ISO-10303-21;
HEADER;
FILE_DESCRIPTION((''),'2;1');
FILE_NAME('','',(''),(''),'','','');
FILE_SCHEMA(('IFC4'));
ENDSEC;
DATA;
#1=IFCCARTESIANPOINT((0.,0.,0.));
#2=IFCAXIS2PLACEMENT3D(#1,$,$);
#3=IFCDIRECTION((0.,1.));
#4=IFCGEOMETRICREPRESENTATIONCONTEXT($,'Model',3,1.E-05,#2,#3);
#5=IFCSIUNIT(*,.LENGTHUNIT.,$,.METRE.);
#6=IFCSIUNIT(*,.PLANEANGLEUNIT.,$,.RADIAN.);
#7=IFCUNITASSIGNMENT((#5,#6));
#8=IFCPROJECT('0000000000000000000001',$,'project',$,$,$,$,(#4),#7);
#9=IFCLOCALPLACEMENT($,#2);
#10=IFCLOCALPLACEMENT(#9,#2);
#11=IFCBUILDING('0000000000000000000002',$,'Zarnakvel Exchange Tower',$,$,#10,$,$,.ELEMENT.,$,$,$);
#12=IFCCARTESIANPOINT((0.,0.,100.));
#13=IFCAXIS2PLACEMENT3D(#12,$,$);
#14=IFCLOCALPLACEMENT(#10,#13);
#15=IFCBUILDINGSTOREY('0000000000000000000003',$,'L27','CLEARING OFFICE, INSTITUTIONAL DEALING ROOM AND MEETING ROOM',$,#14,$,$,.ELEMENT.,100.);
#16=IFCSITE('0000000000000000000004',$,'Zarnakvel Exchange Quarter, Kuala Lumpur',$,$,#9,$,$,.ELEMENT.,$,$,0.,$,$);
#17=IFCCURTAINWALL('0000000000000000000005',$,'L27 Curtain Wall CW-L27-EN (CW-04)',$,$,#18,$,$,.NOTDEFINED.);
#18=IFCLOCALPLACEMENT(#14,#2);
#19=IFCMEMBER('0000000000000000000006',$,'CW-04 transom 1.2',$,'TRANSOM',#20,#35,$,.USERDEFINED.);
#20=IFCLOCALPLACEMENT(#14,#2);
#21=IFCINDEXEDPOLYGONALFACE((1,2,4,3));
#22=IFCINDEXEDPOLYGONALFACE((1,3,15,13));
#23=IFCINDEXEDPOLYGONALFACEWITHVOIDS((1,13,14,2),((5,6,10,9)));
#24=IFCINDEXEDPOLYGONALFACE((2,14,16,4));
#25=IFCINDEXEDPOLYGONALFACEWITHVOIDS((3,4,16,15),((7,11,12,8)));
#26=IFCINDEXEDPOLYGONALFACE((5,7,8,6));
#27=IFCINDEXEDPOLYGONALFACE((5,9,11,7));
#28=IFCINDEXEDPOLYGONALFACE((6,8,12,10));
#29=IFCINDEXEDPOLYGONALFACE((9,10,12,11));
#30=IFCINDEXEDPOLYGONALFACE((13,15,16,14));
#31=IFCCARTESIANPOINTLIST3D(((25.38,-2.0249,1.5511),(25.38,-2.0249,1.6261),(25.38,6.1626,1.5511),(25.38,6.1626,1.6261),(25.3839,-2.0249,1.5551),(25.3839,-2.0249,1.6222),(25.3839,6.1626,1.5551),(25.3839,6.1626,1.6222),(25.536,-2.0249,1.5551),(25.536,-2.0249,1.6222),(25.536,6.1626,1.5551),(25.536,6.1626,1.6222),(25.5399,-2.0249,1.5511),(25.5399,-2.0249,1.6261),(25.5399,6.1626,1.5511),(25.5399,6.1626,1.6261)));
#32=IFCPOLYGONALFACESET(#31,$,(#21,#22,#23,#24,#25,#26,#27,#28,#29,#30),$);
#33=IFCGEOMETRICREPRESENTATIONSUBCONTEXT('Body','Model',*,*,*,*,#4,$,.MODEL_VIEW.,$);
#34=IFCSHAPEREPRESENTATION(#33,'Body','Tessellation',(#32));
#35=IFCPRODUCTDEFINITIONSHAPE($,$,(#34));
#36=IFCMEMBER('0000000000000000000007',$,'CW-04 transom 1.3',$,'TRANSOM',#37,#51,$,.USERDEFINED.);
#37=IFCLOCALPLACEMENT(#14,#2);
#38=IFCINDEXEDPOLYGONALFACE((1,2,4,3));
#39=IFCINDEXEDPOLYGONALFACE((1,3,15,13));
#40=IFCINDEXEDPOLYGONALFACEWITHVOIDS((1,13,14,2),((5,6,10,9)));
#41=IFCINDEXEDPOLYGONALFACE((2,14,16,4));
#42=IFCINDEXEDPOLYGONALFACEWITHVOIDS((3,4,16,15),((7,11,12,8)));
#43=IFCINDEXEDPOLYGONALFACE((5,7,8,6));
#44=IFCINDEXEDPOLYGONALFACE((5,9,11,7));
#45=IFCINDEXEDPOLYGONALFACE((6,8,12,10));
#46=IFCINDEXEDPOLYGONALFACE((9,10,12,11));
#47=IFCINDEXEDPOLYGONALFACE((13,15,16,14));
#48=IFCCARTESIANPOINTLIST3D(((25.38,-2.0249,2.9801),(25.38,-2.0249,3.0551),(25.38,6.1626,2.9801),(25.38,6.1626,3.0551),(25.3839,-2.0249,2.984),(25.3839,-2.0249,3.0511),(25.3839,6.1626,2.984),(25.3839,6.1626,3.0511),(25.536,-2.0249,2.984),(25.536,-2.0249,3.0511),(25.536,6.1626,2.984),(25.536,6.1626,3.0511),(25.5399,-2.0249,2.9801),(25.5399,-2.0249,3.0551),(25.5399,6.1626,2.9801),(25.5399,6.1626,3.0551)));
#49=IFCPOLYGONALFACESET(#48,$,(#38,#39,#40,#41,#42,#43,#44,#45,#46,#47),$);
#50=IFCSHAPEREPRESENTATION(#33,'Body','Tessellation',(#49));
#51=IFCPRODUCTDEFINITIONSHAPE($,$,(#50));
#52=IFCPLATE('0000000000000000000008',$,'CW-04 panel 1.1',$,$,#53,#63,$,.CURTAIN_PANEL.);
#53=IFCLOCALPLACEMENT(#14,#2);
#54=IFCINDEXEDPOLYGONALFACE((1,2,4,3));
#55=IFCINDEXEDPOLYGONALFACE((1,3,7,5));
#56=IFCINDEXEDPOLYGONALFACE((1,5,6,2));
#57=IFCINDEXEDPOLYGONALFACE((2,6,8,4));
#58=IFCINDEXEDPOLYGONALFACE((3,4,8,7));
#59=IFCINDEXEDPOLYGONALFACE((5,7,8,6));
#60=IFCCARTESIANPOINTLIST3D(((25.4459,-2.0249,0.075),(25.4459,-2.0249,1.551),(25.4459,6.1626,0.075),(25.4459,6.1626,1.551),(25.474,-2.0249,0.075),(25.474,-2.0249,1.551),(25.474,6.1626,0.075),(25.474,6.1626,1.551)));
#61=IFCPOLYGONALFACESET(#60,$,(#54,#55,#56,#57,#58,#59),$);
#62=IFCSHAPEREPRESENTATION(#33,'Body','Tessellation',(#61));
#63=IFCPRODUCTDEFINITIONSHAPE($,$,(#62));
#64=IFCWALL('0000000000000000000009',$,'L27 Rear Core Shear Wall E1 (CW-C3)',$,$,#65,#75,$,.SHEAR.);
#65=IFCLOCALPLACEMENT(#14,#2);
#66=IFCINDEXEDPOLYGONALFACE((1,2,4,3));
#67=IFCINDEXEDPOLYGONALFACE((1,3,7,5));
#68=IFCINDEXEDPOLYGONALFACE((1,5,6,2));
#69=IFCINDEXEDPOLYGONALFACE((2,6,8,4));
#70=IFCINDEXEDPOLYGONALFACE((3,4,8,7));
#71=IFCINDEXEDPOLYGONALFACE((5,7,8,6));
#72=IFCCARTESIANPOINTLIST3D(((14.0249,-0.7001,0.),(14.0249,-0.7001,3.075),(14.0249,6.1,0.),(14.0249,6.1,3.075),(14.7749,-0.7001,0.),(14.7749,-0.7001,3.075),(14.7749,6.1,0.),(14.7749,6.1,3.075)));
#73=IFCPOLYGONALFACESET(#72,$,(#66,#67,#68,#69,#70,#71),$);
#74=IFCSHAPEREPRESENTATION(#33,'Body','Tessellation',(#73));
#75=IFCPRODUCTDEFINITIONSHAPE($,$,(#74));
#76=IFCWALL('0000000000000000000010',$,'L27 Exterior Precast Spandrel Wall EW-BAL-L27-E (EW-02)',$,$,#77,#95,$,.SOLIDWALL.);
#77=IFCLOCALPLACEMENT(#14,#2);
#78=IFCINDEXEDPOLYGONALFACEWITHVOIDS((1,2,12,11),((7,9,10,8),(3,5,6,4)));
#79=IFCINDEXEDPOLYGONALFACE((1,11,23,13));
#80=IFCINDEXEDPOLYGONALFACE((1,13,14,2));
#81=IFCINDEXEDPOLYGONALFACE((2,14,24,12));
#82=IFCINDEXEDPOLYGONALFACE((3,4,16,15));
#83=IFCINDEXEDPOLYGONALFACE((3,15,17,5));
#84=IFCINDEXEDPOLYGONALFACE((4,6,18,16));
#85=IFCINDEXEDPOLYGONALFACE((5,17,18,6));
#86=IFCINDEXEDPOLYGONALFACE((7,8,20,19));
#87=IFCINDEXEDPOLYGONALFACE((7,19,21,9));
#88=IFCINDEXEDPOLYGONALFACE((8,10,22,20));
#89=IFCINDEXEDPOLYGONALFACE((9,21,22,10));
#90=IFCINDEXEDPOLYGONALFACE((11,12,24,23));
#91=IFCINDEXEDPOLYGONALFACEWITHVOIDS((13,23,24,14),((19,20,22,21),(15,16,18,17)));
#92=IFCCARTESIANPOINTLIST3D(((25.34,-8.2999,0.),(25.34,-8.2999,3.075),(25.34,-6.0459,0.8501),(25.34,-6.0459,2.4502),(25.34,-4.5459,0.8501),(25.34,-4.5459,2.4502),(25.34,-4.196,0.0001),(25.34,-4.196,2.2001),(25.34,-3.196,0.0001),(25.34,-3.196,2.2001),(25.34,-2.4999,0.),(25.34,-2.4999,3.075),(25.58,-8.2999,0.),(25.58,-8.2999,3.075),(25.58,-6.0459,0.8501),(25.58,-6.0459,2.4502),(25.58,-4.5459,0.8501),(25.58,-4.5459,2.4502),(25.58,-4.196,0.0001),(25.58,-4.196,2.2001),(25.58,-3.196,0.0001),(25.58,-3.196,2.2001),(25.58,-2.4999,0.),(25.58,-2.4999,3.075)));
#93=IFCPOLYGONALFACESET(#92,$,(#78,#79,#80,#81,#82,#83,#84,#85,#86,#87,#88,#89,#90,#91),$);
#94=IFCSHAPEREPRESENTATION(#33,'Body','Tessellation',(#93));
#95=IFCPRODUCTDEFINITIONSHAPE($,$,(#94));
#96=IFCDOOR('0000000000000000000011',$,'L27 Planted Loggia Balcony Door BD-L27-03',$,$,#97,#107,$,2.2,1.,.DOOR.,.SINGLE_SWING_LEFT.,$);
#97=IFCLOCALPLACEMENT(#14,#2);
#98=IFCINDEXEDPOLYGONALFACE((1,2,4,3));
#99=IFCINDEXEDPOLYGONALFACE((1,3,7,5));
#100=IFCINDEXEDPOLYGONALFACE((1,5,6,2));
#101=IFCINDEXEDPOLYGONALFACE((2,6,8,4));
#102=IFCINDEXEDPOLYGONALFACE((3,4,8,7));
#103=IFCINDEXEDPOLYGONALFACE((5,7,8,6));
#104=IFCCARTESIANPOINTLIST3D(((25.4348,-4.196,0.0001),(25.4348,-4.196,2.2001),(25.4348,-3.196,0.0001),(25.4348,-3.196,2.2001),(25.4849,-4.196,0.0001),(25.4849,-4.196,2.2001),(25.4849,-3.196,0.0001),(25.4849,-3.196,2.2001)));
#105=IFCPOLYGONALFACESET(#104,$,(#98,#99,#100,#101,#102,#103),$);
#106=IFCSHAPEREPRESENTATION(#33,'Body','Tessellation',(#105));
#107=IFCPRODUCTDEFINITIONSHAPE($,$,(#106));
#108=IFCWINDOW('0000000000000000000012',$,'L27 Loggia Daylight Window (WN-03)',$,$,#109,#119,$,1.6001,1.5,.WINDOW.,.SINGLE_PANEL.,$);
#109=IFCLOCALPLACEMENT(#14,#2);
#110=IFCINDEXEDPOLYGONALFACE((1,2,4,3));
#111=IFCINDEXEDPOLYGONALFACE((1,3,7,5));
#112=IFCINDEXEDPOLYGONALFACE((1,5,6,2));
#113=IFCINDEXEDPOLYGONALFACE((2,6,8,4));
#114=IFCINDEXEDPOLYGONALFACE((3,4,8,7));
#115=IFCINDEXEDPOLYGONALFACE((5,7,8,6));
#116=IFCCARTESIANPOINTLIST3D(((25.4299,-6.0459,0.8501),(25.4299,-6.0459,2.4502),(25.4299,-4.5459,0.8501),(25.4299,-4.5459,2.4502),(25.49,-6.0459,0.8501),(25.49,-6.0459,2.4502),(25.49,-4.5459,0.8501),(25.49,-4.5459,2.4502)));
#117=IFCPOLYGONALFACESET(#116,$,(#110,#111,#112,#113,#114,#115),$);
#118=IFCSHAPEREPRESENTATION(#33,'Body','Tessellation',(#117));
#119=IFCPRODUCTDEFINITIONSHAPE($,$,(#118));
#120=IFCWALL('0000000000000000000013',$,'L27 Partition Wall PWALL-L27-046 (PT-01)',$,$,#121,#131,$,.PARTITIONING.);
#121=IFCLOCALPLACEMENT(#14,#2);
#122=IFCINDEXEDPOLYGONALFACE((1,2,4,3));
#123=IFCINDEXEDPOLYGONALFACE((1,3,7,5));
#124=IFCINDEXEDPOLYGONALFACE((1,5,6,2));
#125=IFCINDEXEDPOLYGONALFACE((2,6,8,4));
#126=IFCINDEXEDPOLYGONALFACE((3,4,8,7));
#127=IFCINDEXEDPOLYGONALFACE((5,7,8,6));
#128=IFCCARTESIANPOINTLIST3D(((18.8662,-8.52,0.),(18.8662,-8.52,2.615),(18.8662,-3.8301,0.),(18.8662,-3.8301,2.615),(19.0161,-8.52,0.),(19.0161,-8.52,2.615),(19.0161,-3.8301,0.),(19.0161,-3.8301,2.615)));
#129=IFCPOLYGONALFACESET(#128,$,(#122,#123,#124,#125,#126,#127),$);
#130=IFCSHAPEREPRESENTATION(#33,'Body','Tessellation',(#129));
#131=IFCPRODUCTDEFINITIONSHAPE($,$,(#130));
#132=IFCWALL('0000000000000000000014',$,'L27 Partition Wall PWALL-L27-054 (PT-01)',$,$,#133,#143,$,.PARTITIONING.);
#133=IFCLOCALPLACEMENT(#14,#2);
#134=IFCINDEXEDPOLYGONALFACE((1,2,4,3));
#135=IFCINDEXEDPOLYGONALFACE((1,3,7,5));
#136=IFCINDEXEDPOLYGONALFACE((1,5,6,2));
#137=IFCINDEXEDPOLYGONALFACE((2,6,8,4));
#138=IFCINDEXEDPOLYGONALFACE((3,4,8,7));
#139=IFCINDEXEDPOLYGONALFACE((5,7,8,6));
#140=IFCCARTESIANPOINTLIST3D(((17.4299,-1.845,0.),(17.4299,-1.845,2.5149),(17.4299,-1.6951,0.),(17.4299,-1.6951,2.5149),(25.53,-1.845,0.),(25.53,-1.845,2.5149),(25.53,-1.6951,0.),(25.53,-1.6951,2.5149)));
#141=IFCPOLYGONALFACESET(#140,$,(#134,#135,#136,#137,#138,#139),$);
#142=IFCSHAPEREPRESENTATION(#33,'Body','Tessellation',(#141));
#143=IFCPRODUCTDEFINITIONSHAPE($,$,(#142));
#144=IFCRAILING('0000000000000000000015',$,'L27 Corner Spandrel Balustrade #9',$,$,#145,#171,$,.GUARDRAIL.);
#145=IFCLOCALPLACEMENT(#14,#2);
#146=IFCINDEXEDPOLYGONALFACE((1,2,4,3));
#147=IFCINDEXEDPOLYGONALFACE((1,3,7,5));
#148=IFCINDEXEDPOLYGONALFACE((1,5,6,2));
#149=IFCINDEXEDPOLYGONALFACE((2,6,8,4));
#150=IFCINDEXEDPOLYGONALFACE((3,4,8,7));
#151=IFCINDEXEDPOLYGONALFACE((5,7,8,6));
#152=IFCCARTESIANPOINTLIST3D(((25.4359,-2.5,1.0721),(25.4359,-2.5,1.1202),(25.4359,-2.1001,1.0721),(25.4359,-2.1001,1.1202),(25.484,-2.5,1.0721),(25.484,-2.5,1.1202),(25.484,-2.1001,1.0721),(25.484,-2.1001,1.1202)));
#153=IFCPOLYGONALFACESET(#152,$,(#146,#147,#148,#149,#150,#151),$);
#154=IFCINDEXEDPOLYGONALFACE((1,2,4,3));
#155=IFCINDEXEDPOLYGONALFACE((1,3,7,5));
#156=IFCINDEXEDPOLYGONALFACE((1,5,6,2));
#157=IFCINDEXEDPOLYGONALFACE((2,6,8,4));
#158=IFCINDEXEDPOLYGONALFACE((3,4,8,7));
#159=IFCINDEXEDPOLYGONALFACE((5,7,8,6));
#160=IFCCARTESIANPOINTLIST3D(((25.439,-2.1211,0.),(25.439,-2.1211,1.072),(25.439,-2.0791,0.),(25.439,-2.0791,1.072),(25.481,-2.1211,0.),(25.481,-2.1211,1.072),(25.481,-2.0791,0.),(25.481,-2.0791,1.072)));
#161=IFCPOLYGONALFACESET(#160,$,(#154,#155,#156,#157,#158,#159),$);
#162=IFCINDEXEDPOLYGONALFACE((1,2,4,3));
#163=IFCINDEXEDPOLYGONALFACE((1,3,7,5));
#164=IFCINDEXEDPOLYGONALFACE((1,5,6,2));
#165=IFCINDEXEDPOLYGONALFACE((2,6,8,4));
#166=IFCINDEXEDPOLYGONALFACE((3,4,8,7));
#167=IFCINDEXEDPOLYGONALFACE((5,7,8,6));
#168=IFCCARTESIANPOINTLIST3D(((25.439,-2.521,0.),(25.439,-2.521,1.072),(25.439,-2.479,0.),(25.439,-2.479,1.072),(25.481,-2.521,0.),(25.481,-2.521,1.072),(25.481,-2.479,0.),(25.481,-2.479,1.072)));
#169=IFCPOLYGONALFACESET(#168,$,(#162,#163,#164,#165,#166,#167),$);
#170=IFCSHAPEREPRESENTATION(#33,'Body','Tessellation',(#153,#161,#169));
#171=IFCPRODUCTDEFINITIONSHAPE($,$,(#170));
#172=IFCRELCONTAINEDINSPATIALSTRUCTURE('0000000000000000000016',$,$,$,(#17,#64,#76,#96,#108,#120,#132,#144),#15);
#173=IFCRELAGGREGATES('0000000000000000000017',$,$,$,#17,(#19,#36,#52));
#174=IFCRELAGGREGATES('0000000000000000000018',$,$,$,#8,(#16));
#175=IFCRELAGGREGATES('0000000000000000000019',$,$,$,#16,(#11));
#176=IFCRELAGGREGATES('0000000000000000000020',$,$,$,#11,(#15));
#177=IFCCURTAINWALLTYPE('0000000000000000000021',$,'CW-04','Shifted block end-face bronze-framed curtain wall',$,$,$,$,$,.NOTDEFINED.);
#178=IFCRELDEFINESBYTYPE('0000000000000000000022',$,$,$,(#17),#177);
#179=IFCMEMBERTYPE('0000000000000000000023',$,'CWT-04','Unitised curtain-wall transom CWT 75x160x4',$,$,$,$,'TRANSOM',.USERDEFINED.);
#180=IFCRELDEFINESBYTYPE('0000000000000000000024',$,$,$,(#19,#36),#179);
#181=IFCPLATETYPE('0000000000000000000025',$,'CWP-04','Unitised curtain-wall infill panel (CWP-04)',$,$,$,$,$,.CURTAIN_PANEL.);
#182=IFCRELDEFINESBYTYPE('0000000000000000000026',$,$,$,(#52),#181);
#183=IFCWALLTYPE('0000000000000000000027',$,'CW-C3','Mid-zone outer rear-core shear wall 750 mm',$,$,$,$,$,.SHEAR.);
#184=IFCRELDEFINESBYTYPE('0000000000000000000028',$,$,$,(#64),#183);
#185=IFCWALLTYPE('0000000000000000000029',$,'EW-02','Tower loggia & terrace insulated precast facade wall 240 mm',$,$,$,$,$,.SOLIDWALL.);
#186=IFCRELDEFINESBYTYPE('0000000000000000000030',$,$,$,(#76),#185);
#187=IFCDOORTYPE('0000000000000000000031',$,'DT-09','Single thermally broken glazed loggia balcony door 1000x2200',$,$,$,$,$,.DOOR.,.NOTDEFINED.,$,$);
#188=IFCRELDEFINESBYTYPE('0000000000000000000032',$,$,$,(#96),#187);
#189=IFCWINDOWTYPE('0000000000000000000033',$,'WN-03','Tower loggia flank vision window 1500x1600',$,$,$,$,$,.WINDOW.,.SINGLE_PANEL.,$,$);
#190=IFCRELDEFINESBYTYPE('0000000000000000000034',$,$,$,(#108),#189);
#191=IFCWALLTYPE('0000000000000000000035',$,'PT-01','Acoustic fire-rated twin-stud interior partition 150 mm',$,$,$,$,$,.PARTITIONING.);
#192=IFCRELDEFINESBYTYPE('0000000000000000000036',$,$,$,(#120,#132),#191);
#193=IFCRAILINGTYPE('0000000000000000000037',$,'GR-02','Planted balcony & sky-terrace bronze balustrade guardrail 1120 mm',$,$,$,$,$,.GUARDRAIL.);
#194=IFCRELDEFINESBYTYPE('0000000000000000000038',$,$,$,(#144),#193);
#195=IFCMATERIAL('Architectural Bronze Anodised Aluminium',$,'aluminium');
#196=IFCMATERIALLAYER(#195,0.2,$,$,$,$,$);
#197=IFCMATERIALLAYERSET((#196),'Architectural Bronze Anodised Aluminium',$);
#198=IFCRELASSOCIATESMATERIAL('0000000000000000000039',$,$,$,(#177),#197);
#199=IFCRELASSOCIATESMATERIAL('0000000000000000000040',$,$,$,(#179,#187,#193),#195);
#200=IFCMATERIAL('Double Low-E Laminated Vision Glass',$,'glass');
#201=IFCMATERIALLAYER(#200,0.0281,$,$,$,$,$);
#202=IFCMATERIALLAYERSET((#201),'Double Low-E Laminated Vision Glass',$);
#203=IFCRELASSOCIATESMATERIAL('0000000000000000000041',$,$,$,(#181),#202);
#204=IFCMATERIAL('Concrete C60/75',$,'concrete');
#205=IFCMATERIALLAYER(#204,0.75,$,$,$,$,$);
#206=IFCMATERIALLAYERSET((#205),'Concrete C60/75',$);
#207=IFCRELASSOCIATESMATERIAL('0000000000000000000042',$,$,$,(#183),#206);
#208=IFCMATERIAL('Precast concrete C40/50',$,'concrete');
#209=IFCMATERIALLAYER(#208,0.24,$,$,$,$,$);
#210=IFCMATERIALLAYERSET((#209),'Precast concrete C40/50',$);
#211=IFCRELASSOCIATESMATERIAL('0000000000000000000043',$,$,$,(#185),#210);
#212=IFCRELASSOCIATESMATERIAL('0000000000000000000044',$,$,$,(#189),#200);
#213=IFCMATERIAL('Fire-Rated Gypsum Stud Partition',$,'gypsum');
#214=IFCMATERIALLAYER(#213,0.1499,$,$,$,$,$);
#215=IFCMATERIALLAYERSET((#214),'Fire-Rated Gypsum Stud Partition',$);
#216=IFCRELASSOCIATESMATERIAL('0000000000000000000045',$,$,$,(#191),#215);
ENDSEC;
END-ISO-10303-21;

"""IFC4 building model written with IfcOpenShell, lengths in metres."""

from ifc_helpers import new_model, si_unit, direction, frame, frame_2d, origin, origin_2d, place, context, subcontext, project, spatial, rectangle, hollow_rectangle, extrude, source, transform, mapped, material, layer, layer_set, material_profile, profile_set, type_object, element, fill, aggregate, save


model = new_model("IFC4")

# Units and contexts
model_context = context("Model", 3, precision=1e-05, world=origin(), true_north=direction((0.0, 1.0)))
body_context = subcontext(model_context, "Body", "Model", "MODEL_VIEW")
ifc_project = project(units=[si_unit("LENGTHUNIT", "METRE"), si_unit("PLANEANGLEUNIT", "RADIAN")], contexts=[model_context])

# Site, building, storey
site_placement = place(None, origin())
site = spatial("IfcSite", under=ifc_project, at=site_placement, Name="Zarnakvel Exchange Quarter, Kuala Lumpur", CompositionType="ELEMENT", RefElevation=0.0)
building_placement = place(site_placement, origin())
building = spatial("IfcBuilding", under=site, at=building_placement, Name="Zarnakvel Exchange Tower", CompositionType="ELEMENT")
storey_placement = place(building_placement, frame((0.0, 0.0, 100.0)))
storey = spatial("IfcBuildingStorey", under=building, at=storey_placement, Name="L27", Description="CLEARING OFFICE, INSTITUTIONAL DEALING ROOM AND MEETING ROOM", CompositionType="ELEMENT", Elevation=100.0)

# Shared definitions
ifc_material_1 = material(Name="Concrete C60/75", Category="concrete")

# Curtain wall, members, plate
ifc_material_2 = material(Name="Architectural Bronze Anodised Aluminium", Category="aluminium")
ifc_layer_1 = layer(ifc_material_2, 0.2)
ifc_layer_set_1 = layer_set([ifc_layer_1], Name="Architectural Bronze Anodised Aluminium")
curtain_wall_type = type_object("IfcCurtainWallType", Name="CW-04", Description="Shifted block end-face bronze-framed curtain wall", PredefinedType="NOTDEFINED", material=ifc_layer_set_1)
curtain_wall_placement = place(storey_placement, origin())
curtain_wall = element("IfcCurtainWall", 1, at=curtain_wall_placement, inside=storey, type_object=curtain_wall_type, Name="L27 Curtain Wall CW-L27-EN (CW-04)", PredefinedType="NOTDEFINED")
ifc_material_profile_1 = material_profile(ifc_material_2, hollow_rectangle(XDim=0.1599, YDim=0.075, WallThickness=0.0039, at=origin_2d()))
ifc_profile_set_1 = profile_set([ifc_material_profile_1], Name="Architectural Bronze Anodised Aluminium")
member_type_1 = type_object("IfcMemberType", Name="CWT-04", Description="Unitised curtain-wall transom CWT 75x160x4", ElementType="TRANSOM", PredefinedType="USERDEFINED", material=ifc_profile_set_1)
shared_shape_1 = source(origin(), body_context, "Body", "SweptSolid", [
    extrude(hollow_rectangle(XDim=0.1599, YDim=0.075, WallThickness=0.0039, at=origin_2d()), origin(), (0.0, 0.0, 1.0), 8.1875),
])
member_1_placement = place(storey_placement, frame((25.46, -2.0249, 1.5886), z_axis=(0.0, 1.0, 0.0), x_axis=(-1.0, 0.0, 0.0)))
member_1 = element("IfcMember", 2, at=member_1_placement, type_object=member_type_1, Name="CW-04 transom 1.2", ObjectType="TRANSOM", PredefinedType="USERDEFINED", context=body_context, shape_type="MappedRepresentation", body=[
    mapped(shared_shape_1, transform((0.0, 0.0, 0.0), x_axis=(1.0, 0.0, 0.0), y_axis=(0.0, 1.0, 0.0), z_axis=(0.0, 0.0, 1.0), scale=1.0)),
])
member_2_placement = place(storey_placement, frame((25.46, -2.0249, 3.0176), z_axis=(0.0, 1.0, 0.0), x_axis=(-1.0, 0.0, 0.0)))
member_2 = element("IfcMember", 3, at=member_2_placement, type_object=member_type_1, Name="CW-04 transom 1.3", ObjectType="TRANSOM", PredefinedType="USERDEFINED", context=body_context, shape_type="MappedRepresentation", body=[
    mapped(shared_shape_1, transform((0.0, 0.0, 0.0), x_axis=(1.0, 0.0, 0.0), y_axis=(0.0, 1.0, 0.0), z_axis=(0.0, 0.0, 1.0), scale=1.0)),
])
ifc_material_3 = material(Name="Double Low-E Laminated Vision Glass", Category="glass")
ifc_layer_2 = layer(ifc_material_3, 0.0281)
ifc_layer_set_2 = layer_set([ifc_layer_2], Name="Double Low-E Laminated Vision Glass")
plate_type = type_object("IfcPlateType", Name="CWP-04", Description="Unitised curtain-wall infill panel (CWP-04)", PredefinedType="CURTAIN_PANEL", material=ifc_layer_set_2)
shared_shape_2 = source(origin(), body_context, "Body", "SweptSolid", [
    extrude(rectangle(XDim=8.1875, YDim=0.0281, at=origin_2d()), origin(), (0.0, 0.0, 1.0), 1.4761),
])
plate_placement = place(storey_placement, frame((25.46, 2.0688, 0.075), z_axis=(0.0, 0.0, 1.0), x_axis=(0.0, 1.0, 0.0)))
plate = element("IfcPlate", 4, at=plate_placement, type_object=plate_type, Name="CW-04 panel 1.1", PredefinedType="CURTAIN_PANEL", context=body_context, shape_type="MappedRepresentation", body=[
    mapped(shared_shape_2, transform((0.0, 0.0, 0.0), x_axis=(1.0, 0.0, 0.0), y_axis=(0.0, 1.0, 0.0), z_axis=(0.0, 0.0, 1.0), scale=1.0)),
])
aggregate(curtain_wall, [member_1, member_2, plate])

# Wall
ifc_layer_3 = layer(ifc_material_1, 0.75)
ifc_layer_set_3 = layer_set([ifc_layer_3], Name="Concrete C60/75")
wall_type_1 = type_object("IfcWallType", Name="CW-C3", Description="Mid-zone outer rear-core shear wall 750 mm", PredefinedType="SHEAR", material=ifc_layer_set_3)
wall_1_placement = place(storey_placement, frame((14.3999, -0.7, 0.0), z_axis=(0.0, 0.0, 1.0), x_axis=(0.0, 1.0, 0.0)))
element("IfcWall", 5, at=wall_1_placement, inside=storey, type_object=wall_type_1, Name="L27 Rear Core Shear Wall E1 (CW-C3)", PredefinedType="SHEAR", context=body_context, shape_type="SweptSolid", body=[
    extrude(rectangle(XDim=6.8, YDim=0.75, at=frame_2d((3.3999, 0.0))), origin(), (0.0, 0.0, 1.0), 3.075),
])

# Wall, openings, door, window
ifc_material_4 = material(Name="Precast concrete C40/50", Category="concrete")
ifc_layer_4 = layer(ifc_material_4, 0.24)
ifc_layer_set_4 = layer_set([ifc_layer_4], Name="Precast concrete C40/50")
wall_type_2 = type_object("IfcWallType", Name="EW-02", Description="Tower loggia & terrace insulated precast facade wall 240 mm", PredefinedType="SOLIDWALL", material=ifc_layer_set_4)
wall_2_placement = place(storey_placement, frame((25.46, -2.5, 0.0), z_axis=(0.0, 0.0, 1.0), x_axis=(0.0, -1.0, 0.0)))
wall_2 = element("IfcWall", 6, at=wall_2_placement, inside=storey, type_object=wall_type_2, Name="L27 Exterior Precast Spandrel Wall EW-BAL-L27-E (EW-02)", PredefinedType="SOLIDWALL", context=body_context, shape_type="SweptSolid", body=[
    extrude(rectangle(XDim=5.8, YDim=0.24, at=frame_2d((2.8999, 0.0))), origin(), (0.0, 0.0, 1.0), 3.075),
])
opening_1_placement = place(wall_2_placement, frame((0.696, 0.0, 0.0)))
opening_1 = element("IfcOpeningElement", 7, at=opening_1_placement, cuts=wall_2, PredefinedType="OPENING", context=body_context, shape_type="SweptSolid", body=[
    extrude(rectangle(XDim=1.0, YDim=2.2, at=frame_2d((0.5, 1.1001))), frame((0.0, 0.1299, 0.0), z_axis=(0.0, -1.0, 0.0), x_axis=(1.0, 0.0, 0.0)), (0.0, 0.0, 1.0), 0.26),
])
opening_2_placement = place(wall_2_placement, frame((2.0459, 0.0, 0.8501)))
opening_2 = element("IfcOpeningElement", 8, at=opening_2_placement, cuts=wall_2, PredefinedType="OPENING", context=body_context, shape_type="SweptSolid", body=[
    extrude(rectangle(XDim=1.5, YDim=1.6001, at=frame_2d((0.75, 0.8))), frame((0.0, 0.1299, 0.0), z_axis=(0.0, -1.0, 0.0), x_axis=(1.0, 0.0, 0.0)), (0.0, 0.0, 1.0), 0.26),
])
door_type_1 = type_object("IfcDoorType", Name="DT-09", Description="Single thermally broken glazed loggia balcony door 1000x2200", OperationType="NOTDEFINED", PredefinedType="DOOR", material=ifc_material_2)
shared_shape_3 = source(origin(), body_context, "Body", "SweptSolid", [
    extrude(rectangle(XDim=1.0, YDim=2.2, at=frame_2d((0.5, 1.1001))), frame((0.0, 0.0249, 0.0), z_axis=(0.0, -1.0, 0.0), x_axis=(1.0, 0.0, 0.0)), (0.0, 0.0, 1.0), 0.05),
])
door_1_placement = place(opening_1_placement, origin())
door_1 = element("IfcDoor", 9, at=door_1_placement, inside=storey, type_object=door_type_1, Name="L27 Planted Loggia Balcony Door BD-L27-03", OperationType="SINGLE_SWING_LEFT", OverallHeight=2.2, OverallWidth=1.0, PredefinedType="DOOR", context=body_context, shape_type="MappedRepresentation", body=[
    mapped(shared_shape_3, transform((0.0, 0.0, 0.0), x_axis=(1.0, 0.0, 0.0), y_axis=(0.0, 1.0, 0.0), z_axis=(0.0, 0.0, 1.0), scale=1.0)),
])
fill(opening_1, door_1)
window_type = type_object("IfcWindowType", Name="WN-03", Description="Tower loggia flank vision window 1500x1600", PartitioningType="SINGLE_PANEL", PredefinedType="WINDOW", material=ifc_material_3)
shared_shape_4 = source(origin(), body_context, "Body", "SweptSolid", [
    extrude(rectangle(XDim=1.5, YDim=1.6001, at=frame_2d((0.75, 0.8))), frame((0.0, 0.03, 0.0), z_axis=(0.0, -1.0, 0.0), x_axis=(1.0, 0.0, 0.0)), (0.0, 0.0, 1.0), 0.0601),
])
window_placement = place(opening_2_placement, origin())
window = element("IfcWindow", 10, at=window_placement, inside=storey, type_object=window_type, Name="L27 Loggia Daylight Window (WN-03)", OverallHeight=1.6001, OverallWidth=1.5, PartitioningType="SINGLE_PANEL", PredefinedType="WINDOW", context=body_context, shape_type="MappedRepresentation", body=[
    mapped(shared_shape_4, transform((0.0, 0.0, 0.0), x_axis=(1.0, 0.0, 0.0), y_axis=(0.0, 1.0, 0.0), z_axis=(0.0, 0.0, 1.0), scale=1.0)),
])
fill(opening_2, window)

# Walls
ifc_material_5 = material(Name="Fire-Rated Gypsum Stud Partition", Category="gypsum")
ifc_layer_5 = layer(ifc_material_5, 0.1499)
ifc_layer_set_5 = layer_set([ifc_layer_5], Name="Fire-Rated Gypsum Stud Partition")
wall_type_3 = type_object("IfcWallType", Name="PT-01", Description="Acoustic fire-rated twin-stud interior partition 150 mm", PredefinedType="PARTITIONING", material=ifc_layer_set_5)
wall_3_placement = place(storey_placement, frame((18.9412, -3.8301, 0.0), z_axis=(0.0, 0.0, 1.0), x_axis=(0.0, -1.0, 0.0)))
element("IfcWall", 11, at=wall_3_placement, inside=storey, type_object=wall_type_3, Name="L27 Partition Wall PWALL-L27-046 (PT-01)", PredefinedType="PARTITIONING", context=body_context, shape_type="SweptSolid", body=[
    extrude(rectangle(XDim=4.6899, YDim=0.1499, at=frame_2d((2.345, 0.0))), origin(), (0.0, 0.0, 1.0), 2.615),
])
wall_4_placement = place(storey_placement, frame((25.53, -1.77, 0.0), z_axis=(0.0, 0.0, 1.0), x_axis=(-1.0, 0.0, 0.0)))
element("IfcWall", 12, at=wall_4_placement, inside=storey, type_object=wall_type_3, Name="L27 Partition Wall PWALL-L27-054 (PT-01)", PredefinedType="PARTITIONING", context=body_context, shape_type="SweptSolid", body=[
    extrude(rectangle(XDim=8.1001, YDim=0.1499, at=frame_2d((4.05, 0.0))), origin(), (0.0, 0.0, 1.0), 2.5149),
])

# Railing
railing_type = type_object("IfcRailingType", Name="GR-02", Description="Planted balcony & sky-terrace bronze balustrade guardrail 1120 mm", PredefinedType="GUARDRAIL", material=ifc_material_2)
railing_placement = place(storey_placement, frame((25.46, -2.1001, 0.0)))
element("IfcRailing", 13, at=railing_placement, inside=storey, type_object=railing_type, Name="L27 Corner Spandrel Balustrade #9", PredefinedType="GUARDRAIL", context=body_context, shape_type="SweptSolid", body=[
    extrude(rectangle(XDim=0.0481, YDim=0.0481, at=origin_2d()), frame((0.0, 0.0, 1.0962), z_axis=(0.0, -1.0, 0.0), x_axis=(1.0, 0.0, 0.0)), (0.0, 0.0, 1.0), 0.3999),
    extrude(rectangle(XDim=0.042, YDim=0.042, at=origin_2d()), origin(), (0.0, 0.0, 1.0), 1.072),
    extrude(rectangle(XDim=0.042, YDim=0.042, at=origin_2d()), frame((0.0, -0.3999, 0.0)), (0.0, 0.0, 1.0), 1.072),
])

save(model, "model.ifc")
